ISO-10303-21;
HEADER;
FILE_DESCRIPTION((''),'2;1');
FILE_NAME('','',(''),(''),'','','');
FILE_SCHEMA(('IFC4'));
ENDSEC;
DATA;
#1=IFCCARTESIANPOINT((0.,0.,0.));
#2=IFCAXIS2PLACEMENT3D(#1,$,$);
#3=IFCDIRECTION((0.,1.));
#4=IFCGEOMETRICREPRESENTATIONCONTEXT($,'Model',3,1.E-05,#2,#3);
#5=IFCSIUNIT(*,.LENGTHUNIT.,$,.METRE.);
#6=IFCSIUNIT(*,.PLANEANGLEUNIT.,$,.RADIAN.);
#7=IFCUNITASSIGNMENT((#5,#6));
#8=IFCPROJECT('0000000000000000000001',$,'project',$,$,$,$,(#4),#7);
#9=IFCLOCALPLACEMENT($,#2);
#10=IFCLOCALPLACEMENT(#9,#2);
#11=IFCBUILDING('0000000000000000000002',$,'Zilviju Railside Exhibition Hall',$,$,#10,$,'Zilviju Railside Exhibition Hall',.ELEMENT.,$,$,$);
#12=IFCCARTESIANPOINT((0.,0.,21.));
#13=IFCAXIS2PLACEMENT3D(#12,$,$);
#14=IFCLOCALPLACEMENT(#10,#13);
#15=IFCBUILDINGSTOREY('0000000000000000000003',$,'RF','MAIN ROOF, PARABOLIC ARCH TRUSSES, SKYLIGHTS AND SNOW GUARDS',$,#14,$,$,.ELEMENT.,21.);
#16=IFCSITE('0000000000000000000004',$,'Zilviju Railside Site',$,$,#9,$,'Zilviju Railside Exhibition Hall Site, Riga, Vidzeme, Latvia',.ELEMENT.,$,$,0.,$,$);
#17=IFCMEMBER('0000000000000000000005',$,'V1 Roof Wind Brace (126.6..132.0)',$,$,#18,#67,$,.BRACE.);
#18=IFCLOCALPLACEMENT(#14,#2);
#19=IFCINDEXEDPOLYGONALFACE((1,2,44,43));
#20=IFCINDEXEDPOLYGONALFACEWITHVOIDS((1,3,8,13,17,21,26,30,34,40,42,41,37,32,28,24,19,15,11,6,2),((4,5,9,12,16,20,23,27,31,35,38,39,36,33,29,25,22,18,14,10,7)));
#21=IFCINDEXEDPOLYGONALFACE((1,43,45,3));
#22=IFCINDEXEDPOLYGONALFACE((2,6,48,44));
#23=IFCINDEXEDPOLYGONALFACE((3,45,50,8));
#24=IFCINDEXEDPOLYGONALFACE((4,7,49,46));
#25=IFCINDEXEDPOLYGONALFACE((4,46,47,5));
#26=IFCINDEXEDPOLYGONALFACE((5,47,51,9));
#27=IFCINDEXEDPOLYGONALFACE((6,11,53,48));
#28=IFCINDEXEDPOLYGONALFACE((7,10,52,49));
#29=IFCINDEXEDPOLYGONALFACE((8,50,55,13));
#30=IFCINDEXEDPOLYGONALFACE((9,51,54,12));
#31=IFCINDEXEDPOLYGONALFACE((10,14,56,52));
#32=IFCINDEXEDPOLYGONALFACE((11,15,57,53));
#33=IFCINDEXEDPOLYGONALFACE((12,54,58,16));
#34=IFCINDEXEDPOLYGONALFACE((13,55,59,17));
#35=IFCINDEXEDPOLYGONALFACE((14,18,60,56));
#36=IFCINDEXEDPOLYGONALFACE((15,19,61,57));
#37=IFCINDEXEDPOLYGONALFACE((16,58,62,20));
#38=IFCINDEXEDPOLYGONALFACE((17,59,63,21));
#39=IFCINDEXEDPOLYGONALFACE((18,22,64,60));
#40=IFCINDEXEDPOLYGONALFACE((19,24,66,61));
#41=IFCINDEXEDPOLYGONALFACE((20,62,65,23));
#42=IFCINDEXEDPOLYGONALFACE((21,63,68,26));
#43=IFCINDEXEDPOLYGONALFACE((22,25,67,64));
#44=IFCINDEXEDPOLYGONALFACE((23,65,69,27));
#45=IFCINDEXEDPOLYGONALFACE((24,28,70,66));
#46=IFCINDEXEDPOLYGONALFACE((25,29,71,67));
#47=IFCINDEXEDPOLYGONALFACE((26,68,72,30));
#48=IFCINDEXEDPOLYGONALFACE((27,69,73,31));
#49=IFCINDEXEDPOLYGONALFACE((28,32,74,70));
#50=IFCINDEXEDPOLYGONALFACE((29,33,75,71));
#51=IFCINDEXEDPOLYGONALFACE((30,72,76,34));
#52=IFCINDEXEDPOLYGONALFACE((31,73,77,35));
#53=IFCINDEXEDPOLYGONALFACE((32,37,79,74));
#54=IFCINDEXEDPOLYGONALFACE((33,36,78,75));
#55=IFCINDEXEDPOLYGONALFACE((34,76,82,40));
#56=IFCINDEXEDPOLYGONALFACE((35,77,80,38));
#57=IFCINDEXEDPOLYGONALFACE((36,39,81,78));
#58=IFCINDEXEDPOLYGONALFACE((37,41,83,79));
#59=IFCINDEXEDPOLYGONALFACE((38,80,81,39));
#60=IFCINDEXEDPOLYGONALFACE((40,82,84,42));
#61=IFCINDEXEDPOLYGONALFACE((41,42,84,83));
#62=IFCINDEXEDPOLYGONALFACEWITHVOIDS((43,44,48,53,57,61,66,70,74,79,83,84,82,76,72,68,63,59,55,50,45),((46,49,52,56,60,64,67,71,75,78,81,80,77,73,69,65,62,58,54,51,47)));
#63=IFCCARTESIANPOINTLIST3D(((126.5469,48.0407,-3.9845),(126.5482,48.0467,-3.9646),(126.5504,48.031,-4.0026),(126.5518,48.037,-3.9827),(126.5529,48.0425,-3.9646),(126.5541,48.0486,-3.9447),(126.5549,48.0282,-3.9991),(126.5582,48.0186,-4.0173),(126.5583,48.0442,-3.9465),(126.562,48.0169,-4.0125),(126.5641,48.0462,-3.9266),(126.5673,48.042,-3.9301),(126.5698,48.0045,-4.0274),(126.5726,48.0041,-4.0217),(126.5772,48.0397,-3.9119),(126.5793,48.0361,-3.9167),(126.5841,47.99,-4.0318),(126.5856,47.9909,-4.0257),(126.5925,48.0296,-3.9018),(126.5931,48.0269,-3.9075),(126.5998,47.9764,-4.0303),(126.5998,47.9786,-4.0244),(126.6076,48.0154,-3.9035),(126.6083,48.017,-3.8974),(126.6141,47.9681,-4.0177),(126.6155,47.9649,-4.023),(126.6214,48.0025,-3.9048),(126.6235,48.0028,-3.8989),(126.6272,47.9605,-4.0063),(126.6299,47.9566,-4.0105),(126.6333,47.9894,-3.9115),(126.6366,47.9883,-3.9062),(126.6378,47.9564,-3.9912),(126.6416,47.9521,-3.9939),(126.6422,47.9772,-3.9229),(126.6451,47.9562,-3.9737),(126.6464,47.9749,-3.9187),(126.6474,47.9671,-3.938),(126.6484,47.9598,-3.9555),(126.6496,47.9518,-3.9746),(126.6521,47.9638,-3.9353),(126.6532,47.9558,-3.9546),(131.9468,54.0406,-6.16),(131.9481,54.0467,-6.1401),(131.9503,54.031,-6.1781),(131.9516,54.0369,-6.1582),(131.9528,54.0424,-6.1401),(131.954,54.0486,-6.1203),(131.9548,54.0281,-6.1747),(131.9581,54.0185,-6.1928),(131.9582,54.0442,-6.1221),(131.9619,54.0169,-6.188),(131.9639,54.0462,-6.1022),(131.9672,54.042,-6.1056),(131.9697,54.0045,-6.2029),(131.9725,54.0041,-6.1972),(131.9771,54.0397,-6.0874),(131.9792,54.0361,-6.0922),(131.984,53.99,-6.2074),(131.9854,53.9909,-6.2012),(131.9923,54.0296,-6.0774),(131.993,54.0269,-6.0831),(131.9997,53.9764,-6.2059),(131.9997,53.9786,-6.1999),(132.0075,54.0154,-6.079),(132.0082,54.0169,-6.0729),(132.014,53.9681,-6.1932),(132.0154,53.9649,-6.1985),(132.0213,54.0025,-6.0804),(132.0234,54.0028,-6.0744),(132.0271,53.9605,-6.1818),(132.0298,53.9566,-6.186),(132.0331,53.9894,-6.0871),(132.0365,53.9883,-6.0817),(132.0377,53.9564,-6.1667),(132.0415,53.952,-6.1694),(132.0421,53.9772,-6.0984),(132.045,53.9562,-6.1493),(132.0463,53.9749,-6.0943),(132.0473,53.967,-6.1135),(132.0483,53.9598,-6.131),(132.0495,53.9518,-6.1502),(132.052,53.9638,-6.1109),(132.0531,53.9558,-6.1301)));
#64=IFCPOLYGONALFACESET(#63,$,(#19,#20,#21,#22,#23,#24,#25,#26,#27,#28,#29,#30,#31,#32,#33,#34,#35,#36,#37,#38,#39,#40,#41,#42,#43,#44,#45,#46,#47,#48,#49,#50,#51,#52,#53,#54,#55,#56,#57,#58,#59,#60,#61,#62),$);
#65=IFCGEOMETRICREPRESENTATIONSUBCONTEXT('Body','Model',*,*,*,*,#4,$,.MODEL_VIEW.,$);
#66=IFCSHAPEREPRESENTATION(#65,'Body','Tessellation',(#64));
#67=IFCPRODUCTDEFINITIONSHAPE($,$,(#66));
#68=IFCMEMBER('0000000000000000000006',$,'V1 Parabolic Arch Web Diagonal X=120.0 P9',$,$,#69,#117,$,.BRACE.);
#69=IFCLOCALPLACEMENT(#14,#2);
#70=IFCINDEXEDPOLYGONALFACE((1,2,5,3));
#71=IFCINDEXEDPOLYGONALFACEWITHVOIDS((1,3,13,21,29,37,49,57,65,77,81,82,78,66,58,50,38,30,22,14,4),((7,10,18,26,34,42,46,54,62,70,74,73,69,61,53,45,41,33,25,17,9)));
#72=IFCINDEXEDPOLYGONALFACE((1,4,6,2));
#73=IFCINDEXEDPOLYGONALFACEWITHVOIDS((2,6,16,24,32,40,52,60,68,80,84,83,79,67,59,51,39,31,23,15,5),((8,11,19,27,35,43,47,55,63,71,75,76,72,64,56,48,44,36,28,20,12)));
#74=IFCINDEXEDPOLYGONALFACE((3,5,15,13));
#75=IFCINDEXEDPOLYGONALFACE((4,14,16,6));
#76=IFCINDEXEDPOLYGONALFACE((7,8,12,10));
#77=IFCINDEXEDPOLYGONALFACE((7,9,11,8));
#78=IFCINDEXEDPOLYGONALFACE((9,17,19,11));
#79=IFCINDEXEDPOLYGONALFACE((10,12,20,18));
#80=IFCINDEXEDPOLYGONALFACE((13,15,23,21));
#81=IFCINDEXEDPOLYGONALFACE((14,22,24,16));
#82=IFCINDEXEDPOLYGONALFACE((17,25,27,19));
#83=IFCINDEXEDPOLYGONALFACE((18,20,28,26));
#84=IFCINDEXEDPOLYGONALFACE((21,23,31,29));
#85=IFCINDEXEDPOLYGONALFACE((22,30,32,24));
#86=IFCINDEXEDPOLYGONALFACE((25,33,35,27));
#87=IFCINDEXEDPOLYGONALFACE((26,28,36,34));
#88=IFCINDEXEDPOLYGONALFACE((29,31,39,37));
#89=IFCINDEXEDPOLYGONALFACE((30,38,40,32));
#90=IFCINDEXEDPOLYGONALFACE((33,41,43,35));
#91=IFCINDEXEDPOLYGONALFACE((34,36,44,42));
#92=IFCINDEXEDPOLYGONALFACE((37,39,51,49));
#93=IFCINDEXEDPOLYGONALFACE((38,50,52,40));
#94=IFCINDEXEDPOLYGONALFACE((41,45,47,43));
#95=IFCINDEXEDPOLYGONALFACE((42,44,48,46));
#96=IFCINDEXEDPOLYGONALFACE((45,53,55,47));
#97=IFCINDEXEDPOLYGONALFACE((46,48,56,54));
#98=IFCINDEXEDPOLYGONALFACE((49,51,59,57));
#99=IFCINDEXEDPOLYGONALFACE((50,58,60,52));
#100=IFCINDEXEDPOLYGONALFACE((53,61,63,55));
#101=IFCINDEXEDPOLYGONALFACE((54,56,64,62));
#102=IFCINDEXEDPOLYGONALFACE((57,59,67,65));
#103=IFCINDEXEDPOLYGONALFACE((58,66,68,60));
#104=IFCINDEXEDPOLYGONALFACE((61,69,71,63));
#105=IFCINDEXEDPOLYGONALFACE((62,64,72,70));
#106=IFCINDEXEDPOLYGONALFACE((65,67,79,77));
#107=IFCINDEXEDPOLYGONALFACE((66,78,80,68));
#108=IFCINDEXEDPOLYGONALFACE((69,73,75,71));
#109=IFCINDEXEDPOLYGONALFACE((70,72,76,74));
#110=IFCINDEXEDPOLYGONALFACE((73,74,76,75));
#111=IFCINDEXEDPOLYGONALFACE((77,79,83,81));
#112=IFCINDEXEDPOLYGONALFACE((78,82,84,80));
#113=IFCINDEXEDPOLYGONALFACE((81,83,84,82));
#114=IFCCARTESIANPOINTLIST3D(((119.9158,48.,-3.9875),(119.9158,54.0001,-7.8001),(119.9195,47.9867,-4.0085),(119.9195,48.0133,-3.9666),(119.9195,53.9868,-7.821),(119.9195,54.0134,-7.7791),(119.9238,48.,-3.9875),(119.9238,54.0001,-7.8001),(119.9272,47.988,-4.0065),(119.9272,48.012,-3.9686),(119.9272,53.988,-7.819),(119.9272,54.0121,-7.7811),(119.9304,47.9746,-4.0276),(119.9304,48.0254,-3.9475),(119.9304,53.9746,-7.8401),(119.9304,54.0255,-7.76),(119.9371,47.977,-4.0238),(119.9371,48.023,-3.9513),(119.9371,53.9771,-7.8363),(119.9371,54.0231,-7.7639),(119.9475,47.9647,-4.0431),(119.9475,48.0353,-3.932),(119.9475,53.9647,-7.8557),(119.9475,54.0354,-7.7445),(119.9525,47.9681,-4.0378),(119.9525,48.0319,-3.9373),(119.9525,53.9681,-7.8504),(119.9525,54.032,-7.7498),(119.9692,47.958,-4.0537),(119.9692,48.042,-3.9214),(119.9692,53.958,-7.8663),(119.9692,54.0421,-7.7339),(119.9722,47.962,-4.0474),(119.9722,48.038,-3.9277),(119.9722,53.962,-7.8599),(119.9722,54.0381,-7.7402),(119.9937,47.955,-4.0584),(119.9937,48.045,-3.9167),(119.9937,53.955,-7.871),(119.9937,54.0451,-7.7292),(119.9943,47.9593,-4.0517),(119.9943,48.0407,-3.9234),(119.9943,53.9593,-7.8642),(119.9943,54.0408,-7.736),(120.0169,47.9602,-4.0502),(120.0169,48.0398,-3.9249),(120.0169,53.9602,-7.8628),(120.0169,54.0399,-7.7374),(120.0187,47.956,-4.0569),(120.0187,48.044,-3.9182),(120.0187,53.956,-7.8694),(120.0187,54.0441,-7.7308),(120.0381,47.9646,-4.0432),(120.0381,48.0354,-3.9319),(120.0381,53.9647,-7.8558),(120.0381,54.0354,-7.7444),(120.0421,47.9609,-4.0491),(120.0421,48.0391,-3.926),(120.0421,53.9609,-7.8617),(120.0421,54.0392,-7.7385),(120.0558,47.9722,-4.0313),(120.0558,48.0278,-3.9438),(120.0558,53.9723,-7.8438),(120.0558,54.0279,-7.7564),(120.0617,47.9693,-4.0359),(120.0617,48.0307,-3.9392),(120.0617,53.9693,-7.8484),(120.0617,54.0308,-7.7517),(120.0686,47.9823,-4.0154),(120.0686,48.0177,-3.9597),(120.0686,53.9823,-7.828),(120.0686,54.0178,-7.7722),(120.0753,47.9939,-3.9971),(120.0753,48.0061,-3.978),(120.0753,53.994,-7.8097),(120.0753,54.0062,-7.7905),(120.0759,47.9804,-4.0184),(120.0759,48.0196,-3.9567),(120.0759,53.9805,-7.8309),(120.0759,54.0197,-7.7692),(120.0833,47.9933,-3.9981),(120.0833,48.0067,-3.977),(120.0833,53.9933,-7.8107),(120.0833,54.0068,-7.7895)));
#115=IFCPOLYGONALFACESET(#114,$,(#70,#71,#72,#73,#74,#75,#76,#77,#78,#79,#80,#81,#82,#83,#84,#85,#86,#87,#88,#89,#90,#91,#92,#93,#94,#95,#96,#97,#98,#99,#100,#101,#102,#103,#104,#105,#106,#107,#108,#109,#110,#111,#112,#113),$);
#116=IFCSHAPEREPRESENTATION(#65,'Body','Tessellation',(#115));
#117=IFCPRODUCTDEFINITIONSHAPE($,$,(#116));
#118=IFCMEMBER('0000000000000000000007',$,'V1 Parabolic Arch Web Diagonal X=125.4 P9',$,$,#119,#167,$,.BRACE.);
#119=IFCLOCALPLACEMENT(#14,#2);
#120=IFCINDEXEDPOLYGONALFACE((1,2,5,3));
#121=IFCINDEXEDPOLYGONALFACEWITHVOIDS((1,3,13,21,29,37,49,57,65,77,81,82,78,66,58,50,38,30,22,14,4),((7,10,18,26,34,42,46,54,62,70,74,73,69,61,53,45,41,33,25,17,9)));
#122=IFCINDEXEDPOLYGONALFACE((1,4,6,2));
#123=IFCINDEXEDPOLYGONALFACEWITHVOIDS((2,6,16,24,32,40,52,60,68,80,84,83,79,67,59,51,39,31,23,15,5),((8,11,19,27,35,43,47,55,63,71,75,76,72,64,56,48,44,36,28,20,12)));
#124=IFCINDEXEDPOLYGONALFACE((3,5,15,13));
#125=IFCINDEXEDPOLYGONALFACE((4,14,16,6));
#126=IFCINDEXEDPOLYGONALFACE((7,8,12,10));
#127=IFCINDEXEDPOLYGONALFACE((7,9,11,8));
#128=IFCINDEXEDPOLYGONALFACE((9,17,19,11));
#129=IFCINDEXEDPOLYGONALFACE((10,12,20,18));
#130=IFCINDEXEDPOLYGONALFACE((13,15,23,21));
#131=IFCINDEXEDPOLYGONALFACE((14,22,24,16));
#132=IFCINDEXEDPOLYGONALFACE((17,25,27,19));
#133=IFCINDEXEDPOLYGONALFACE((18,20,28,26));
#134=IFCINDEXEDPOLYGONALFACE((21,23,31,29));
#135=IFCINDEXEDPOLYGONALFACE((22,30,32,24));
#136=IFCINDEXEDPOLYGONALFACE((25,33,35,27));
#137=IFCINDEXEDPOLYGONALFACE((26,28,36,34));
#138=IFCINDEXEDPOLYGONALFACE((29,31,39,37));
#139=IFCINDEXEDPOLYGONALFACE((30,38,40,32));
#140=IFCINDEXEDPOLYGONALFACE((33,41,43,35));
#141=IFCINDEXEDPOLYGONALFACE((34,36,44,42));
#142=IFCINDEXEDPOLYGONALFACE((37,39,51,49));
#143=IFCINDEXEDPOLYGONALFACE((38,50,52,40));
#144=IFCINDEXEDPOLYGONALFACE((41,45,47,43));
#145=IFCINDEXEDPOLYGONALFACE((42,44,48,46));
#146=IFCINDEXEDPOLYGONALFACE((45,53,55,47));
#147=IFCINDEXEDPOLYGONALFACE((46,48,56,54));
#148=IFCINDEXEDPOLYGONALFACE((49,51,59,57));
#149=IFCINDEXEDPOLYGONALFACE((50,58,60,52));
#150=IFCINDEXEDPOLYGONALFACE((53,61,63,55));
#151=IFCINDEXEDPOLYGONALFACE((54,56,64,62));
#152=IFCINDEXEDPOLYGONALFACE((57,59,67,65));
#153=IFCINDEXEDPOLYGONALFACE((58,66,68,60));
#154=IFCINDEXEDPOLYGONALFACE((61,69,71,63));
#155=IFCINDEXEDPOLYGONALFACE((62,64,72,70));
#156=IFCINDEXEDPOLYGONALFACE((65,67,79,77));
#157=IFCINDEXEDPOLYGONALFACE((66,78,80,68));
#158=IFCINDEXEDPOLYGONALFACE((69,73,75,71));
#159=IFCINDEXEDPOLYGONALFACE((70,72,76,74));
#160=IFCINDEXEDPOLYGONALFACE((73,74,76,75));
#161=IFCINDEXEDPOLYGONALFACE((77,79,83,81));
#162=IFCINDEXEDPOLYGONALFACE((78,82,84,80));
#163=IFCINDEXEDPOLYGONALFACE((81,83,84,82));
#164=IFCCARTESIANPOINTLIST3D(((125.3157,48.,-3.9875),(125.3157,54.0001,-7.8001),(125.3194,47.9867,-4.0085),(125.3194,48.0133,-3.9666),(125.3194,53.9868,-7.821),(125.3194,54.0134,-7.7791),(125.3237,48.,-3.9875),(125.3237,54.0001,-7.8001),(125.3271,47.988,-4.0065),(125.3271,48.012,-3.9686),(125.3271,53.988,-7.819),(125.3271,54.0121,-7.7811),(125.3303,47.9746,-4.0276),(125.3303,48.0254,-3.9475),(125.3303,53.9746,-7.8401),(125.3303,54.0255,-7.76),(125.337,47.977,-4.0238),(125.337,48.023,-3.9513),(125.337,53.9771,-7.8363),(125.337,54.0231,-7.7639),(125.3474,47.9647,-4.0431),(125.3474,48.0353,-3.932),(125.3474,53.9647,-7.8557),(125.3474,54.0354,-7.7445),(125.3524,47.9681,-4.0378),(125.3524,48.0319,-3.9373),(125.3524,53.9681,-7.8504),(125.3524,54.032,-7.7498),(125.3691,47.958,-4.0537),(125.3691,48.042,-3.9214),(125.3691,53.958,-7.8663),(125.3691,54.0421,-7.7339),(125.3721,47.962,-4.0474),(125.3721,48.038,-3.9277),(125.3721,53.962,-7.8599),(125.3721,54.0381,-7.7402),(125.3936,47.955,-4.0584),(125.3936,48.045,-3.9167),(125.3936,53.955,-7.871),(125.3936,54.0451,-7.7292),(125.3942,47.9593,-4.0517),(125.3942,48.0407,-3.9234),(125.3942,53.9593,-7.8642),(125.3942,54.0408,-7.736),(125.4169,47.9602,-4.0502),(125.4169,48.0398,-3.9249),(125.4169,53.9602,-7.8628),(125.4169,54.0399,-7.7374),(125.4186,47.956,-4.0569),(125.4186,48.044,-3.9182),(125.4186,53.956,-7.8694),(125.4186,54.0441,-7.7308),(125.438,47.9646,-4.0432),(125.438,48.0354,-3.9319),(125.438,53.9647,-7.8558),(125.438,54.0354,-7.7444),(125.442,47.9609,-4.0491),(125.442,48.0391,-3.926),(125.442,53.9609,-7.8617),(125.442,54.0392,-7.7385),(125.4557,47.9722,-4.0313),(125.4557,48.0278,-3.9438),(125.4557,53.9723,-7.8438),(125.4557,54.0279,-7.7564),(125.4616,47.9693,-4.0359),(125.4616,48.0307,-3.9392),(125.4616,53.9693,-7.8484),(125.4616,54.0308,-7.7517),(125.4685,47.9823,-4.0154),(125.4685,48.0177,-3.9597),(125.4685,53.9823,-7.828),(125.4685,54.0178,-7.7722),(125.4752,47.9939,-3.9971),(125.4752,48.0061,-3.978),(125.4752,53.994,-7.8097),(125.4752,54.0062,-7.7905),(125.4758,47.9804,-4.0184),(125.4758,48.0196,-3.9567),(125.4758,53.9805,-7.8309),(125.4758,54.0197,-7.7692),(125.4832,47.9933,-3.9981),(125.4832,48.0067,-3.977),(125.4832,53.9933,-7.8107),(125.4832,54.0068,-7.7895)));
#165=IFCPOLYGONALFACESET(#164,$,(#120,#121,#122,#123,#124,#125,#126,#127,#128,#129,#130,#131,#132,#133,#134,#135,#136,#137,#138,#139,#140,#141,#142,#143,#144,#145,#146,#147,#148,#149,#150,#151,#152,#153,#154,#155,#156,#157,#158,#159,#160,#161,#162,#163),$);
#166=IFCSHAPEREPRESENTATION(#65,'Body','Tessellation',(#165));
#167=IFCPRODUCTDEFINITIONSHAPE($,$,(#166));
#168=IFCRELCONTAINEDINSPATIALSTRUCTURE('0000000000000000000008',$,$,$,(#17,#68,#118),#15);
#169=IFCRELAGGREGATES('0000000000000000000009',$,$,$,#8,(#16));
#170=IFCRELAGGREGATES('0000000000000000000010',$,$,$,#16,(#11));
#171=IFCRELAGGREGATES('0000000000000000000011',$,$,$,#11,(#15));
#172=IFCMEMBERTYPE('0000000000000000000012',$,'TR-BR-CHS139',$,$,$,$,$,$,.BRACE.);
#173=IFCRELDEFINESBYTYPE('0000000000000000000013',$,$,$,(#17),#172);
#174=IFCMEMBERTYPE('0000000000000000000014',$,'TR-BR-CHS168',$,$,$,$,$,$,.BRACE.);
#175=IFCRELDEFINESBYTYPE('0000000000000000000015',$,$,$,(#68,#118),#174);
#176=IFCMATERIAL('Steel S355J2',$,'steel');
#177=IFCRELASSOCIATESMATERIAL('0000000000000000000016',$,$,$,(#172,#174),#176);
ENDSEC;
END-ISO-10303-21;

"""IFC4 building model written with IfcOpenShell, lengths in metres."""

from ifc_helpers import new_model, si_unit, direction, frame, origin, origin_2d, place, context, subcontext, project, spatial, hollow_circle, extrude, material, material_profile, profile_set, type_object, element, save


model = new_model("IFC4")

# Units and contexts
model_context = context("Model", 3, precision=1e-05, world=origin(), true_north=direction((0.0, 1.0)))
body_context = subcontext(model_context, "Body", "Model", "MODEL_VIEW")
ifc_project = project(units=[si_unit("LENGTHUNIT", "METRE"), si_unit("PLANEANGLEUNIT", "RADIAN")], contexts=[model_context])

# Site, building, storey
site_placement = place(None, origin())
site = spatial("IfcSite", under=ifc_project, at=site_placement, Name="Zilviju Railside Site", LongName="Zilviju Railside Exhibition Hall Site, Riga, Vidzeme, Latvia", CompositionType="ELEMENT", RefElevation=0.0)
building_placement = place(site_placement, origin())
building = spatial("IfcBuilding", under=site, at=building_placement, Name="Zilviju Railside Exhibition Hall", LongName="Zilviju Railside Exhibition Hall", CompositionType="ELEMENT")
storey_placement = place(building_placement, frame((0.0, 0.0, 21.0)))
storey = spatial("IfcBuildingStorey", under=building, at=storey_placement, Name="RF", Description="MAIN ROOF, PARABOLIC ARCH TRUSSES, SKYLIGHTS AND SNOW GUARDS", CompositionType="ELEMENT", Elevation=21.0)

# Members
ifc_material_1 = material(Name="Steel S355J2", Category="steel")
ifc_material_profile_1 = material_profile(ifc_material_1, hollow_circle(Radius=0.0698, WallThickness=0.0063, at=origin_2d()), Name="CHS 139.7x6.3")
ifc_profile_set_1 = profile_set([ifc_material_profile_1], Name="Steel S355J2")
member_type_1 = type_object("IfcMemberType", Name="TR-BR-CHS139", PredefinedType="BRACE", material=ifc_profile_set_1)
member_1_placement = place(storey_placement, frame((126.6001, 48.0, -3.9646), z_axis=(0.645911, 0.717692, -0.260227), x_axis=(-0.7433, 0.668958, 0.0)))
element("IfcMember", 1, at=member_1_placement, inside=storey, type_object=member_type_1, Name="V1 Roof Wind Brace (126.6..132.0)", PredefinedType="BRACE", context=body_context, shape_type="SweptSolid", body=[
    extrude(hollow_circle(Radius=0.0698, WallThickness=0.0063, at=origin_2d()), origin(), (0.0, 0.0, 1.0), 8.3601),
])
ifc_material_profile_2 = material_profile(ifc_material_1, hollow_circle(Radius=0.0842, WallThickness=0.0081, at=origin_2d()), Name="CHS 168.3x8.0")
ifc_profile_set_2 = profile_set([ifc_material_profile_2], Name="Steel S355J2")
member_type_2 = type_object("IfcMemberType", Name="TR-BR-CHS168", PredefinedType="BRACE", material=ifc_profile_set_2)
for number, where, z_axis, x_axis, name in (
    (2, (120.0, 48.0, -3.9875), (0.0, 0.844023, -0.536306), (-1.0, 0.0, 0.0), "V1 Parabolic Arch Web Diagonal X=120.0 P9"),
    (3, (125.3999, 48.0, -3.9875), (0.0, 0.844023, -0.536306), (-1.0, 0.0, 0.0), "V1 Parabolic Arch Web Diagonal X=125.4 P9"),
):
    element("IfcMember", number, at=place(storey_placement, frame(where, z_axis=z_axis, x_axis=x_axis)), inside=storey, type_object=member_type_2, Name=name, PredefinedType="BRACE", context=body_context, shape_type="SweptSolid", body=[
        extrude(hollow_circle(Radius=0.0842, WallThickness=0.0081, at=origin_2d()), origin(), (0.0, 0.0, 1.0), 7.1089),
    ])

save(model, "model.ifc")
